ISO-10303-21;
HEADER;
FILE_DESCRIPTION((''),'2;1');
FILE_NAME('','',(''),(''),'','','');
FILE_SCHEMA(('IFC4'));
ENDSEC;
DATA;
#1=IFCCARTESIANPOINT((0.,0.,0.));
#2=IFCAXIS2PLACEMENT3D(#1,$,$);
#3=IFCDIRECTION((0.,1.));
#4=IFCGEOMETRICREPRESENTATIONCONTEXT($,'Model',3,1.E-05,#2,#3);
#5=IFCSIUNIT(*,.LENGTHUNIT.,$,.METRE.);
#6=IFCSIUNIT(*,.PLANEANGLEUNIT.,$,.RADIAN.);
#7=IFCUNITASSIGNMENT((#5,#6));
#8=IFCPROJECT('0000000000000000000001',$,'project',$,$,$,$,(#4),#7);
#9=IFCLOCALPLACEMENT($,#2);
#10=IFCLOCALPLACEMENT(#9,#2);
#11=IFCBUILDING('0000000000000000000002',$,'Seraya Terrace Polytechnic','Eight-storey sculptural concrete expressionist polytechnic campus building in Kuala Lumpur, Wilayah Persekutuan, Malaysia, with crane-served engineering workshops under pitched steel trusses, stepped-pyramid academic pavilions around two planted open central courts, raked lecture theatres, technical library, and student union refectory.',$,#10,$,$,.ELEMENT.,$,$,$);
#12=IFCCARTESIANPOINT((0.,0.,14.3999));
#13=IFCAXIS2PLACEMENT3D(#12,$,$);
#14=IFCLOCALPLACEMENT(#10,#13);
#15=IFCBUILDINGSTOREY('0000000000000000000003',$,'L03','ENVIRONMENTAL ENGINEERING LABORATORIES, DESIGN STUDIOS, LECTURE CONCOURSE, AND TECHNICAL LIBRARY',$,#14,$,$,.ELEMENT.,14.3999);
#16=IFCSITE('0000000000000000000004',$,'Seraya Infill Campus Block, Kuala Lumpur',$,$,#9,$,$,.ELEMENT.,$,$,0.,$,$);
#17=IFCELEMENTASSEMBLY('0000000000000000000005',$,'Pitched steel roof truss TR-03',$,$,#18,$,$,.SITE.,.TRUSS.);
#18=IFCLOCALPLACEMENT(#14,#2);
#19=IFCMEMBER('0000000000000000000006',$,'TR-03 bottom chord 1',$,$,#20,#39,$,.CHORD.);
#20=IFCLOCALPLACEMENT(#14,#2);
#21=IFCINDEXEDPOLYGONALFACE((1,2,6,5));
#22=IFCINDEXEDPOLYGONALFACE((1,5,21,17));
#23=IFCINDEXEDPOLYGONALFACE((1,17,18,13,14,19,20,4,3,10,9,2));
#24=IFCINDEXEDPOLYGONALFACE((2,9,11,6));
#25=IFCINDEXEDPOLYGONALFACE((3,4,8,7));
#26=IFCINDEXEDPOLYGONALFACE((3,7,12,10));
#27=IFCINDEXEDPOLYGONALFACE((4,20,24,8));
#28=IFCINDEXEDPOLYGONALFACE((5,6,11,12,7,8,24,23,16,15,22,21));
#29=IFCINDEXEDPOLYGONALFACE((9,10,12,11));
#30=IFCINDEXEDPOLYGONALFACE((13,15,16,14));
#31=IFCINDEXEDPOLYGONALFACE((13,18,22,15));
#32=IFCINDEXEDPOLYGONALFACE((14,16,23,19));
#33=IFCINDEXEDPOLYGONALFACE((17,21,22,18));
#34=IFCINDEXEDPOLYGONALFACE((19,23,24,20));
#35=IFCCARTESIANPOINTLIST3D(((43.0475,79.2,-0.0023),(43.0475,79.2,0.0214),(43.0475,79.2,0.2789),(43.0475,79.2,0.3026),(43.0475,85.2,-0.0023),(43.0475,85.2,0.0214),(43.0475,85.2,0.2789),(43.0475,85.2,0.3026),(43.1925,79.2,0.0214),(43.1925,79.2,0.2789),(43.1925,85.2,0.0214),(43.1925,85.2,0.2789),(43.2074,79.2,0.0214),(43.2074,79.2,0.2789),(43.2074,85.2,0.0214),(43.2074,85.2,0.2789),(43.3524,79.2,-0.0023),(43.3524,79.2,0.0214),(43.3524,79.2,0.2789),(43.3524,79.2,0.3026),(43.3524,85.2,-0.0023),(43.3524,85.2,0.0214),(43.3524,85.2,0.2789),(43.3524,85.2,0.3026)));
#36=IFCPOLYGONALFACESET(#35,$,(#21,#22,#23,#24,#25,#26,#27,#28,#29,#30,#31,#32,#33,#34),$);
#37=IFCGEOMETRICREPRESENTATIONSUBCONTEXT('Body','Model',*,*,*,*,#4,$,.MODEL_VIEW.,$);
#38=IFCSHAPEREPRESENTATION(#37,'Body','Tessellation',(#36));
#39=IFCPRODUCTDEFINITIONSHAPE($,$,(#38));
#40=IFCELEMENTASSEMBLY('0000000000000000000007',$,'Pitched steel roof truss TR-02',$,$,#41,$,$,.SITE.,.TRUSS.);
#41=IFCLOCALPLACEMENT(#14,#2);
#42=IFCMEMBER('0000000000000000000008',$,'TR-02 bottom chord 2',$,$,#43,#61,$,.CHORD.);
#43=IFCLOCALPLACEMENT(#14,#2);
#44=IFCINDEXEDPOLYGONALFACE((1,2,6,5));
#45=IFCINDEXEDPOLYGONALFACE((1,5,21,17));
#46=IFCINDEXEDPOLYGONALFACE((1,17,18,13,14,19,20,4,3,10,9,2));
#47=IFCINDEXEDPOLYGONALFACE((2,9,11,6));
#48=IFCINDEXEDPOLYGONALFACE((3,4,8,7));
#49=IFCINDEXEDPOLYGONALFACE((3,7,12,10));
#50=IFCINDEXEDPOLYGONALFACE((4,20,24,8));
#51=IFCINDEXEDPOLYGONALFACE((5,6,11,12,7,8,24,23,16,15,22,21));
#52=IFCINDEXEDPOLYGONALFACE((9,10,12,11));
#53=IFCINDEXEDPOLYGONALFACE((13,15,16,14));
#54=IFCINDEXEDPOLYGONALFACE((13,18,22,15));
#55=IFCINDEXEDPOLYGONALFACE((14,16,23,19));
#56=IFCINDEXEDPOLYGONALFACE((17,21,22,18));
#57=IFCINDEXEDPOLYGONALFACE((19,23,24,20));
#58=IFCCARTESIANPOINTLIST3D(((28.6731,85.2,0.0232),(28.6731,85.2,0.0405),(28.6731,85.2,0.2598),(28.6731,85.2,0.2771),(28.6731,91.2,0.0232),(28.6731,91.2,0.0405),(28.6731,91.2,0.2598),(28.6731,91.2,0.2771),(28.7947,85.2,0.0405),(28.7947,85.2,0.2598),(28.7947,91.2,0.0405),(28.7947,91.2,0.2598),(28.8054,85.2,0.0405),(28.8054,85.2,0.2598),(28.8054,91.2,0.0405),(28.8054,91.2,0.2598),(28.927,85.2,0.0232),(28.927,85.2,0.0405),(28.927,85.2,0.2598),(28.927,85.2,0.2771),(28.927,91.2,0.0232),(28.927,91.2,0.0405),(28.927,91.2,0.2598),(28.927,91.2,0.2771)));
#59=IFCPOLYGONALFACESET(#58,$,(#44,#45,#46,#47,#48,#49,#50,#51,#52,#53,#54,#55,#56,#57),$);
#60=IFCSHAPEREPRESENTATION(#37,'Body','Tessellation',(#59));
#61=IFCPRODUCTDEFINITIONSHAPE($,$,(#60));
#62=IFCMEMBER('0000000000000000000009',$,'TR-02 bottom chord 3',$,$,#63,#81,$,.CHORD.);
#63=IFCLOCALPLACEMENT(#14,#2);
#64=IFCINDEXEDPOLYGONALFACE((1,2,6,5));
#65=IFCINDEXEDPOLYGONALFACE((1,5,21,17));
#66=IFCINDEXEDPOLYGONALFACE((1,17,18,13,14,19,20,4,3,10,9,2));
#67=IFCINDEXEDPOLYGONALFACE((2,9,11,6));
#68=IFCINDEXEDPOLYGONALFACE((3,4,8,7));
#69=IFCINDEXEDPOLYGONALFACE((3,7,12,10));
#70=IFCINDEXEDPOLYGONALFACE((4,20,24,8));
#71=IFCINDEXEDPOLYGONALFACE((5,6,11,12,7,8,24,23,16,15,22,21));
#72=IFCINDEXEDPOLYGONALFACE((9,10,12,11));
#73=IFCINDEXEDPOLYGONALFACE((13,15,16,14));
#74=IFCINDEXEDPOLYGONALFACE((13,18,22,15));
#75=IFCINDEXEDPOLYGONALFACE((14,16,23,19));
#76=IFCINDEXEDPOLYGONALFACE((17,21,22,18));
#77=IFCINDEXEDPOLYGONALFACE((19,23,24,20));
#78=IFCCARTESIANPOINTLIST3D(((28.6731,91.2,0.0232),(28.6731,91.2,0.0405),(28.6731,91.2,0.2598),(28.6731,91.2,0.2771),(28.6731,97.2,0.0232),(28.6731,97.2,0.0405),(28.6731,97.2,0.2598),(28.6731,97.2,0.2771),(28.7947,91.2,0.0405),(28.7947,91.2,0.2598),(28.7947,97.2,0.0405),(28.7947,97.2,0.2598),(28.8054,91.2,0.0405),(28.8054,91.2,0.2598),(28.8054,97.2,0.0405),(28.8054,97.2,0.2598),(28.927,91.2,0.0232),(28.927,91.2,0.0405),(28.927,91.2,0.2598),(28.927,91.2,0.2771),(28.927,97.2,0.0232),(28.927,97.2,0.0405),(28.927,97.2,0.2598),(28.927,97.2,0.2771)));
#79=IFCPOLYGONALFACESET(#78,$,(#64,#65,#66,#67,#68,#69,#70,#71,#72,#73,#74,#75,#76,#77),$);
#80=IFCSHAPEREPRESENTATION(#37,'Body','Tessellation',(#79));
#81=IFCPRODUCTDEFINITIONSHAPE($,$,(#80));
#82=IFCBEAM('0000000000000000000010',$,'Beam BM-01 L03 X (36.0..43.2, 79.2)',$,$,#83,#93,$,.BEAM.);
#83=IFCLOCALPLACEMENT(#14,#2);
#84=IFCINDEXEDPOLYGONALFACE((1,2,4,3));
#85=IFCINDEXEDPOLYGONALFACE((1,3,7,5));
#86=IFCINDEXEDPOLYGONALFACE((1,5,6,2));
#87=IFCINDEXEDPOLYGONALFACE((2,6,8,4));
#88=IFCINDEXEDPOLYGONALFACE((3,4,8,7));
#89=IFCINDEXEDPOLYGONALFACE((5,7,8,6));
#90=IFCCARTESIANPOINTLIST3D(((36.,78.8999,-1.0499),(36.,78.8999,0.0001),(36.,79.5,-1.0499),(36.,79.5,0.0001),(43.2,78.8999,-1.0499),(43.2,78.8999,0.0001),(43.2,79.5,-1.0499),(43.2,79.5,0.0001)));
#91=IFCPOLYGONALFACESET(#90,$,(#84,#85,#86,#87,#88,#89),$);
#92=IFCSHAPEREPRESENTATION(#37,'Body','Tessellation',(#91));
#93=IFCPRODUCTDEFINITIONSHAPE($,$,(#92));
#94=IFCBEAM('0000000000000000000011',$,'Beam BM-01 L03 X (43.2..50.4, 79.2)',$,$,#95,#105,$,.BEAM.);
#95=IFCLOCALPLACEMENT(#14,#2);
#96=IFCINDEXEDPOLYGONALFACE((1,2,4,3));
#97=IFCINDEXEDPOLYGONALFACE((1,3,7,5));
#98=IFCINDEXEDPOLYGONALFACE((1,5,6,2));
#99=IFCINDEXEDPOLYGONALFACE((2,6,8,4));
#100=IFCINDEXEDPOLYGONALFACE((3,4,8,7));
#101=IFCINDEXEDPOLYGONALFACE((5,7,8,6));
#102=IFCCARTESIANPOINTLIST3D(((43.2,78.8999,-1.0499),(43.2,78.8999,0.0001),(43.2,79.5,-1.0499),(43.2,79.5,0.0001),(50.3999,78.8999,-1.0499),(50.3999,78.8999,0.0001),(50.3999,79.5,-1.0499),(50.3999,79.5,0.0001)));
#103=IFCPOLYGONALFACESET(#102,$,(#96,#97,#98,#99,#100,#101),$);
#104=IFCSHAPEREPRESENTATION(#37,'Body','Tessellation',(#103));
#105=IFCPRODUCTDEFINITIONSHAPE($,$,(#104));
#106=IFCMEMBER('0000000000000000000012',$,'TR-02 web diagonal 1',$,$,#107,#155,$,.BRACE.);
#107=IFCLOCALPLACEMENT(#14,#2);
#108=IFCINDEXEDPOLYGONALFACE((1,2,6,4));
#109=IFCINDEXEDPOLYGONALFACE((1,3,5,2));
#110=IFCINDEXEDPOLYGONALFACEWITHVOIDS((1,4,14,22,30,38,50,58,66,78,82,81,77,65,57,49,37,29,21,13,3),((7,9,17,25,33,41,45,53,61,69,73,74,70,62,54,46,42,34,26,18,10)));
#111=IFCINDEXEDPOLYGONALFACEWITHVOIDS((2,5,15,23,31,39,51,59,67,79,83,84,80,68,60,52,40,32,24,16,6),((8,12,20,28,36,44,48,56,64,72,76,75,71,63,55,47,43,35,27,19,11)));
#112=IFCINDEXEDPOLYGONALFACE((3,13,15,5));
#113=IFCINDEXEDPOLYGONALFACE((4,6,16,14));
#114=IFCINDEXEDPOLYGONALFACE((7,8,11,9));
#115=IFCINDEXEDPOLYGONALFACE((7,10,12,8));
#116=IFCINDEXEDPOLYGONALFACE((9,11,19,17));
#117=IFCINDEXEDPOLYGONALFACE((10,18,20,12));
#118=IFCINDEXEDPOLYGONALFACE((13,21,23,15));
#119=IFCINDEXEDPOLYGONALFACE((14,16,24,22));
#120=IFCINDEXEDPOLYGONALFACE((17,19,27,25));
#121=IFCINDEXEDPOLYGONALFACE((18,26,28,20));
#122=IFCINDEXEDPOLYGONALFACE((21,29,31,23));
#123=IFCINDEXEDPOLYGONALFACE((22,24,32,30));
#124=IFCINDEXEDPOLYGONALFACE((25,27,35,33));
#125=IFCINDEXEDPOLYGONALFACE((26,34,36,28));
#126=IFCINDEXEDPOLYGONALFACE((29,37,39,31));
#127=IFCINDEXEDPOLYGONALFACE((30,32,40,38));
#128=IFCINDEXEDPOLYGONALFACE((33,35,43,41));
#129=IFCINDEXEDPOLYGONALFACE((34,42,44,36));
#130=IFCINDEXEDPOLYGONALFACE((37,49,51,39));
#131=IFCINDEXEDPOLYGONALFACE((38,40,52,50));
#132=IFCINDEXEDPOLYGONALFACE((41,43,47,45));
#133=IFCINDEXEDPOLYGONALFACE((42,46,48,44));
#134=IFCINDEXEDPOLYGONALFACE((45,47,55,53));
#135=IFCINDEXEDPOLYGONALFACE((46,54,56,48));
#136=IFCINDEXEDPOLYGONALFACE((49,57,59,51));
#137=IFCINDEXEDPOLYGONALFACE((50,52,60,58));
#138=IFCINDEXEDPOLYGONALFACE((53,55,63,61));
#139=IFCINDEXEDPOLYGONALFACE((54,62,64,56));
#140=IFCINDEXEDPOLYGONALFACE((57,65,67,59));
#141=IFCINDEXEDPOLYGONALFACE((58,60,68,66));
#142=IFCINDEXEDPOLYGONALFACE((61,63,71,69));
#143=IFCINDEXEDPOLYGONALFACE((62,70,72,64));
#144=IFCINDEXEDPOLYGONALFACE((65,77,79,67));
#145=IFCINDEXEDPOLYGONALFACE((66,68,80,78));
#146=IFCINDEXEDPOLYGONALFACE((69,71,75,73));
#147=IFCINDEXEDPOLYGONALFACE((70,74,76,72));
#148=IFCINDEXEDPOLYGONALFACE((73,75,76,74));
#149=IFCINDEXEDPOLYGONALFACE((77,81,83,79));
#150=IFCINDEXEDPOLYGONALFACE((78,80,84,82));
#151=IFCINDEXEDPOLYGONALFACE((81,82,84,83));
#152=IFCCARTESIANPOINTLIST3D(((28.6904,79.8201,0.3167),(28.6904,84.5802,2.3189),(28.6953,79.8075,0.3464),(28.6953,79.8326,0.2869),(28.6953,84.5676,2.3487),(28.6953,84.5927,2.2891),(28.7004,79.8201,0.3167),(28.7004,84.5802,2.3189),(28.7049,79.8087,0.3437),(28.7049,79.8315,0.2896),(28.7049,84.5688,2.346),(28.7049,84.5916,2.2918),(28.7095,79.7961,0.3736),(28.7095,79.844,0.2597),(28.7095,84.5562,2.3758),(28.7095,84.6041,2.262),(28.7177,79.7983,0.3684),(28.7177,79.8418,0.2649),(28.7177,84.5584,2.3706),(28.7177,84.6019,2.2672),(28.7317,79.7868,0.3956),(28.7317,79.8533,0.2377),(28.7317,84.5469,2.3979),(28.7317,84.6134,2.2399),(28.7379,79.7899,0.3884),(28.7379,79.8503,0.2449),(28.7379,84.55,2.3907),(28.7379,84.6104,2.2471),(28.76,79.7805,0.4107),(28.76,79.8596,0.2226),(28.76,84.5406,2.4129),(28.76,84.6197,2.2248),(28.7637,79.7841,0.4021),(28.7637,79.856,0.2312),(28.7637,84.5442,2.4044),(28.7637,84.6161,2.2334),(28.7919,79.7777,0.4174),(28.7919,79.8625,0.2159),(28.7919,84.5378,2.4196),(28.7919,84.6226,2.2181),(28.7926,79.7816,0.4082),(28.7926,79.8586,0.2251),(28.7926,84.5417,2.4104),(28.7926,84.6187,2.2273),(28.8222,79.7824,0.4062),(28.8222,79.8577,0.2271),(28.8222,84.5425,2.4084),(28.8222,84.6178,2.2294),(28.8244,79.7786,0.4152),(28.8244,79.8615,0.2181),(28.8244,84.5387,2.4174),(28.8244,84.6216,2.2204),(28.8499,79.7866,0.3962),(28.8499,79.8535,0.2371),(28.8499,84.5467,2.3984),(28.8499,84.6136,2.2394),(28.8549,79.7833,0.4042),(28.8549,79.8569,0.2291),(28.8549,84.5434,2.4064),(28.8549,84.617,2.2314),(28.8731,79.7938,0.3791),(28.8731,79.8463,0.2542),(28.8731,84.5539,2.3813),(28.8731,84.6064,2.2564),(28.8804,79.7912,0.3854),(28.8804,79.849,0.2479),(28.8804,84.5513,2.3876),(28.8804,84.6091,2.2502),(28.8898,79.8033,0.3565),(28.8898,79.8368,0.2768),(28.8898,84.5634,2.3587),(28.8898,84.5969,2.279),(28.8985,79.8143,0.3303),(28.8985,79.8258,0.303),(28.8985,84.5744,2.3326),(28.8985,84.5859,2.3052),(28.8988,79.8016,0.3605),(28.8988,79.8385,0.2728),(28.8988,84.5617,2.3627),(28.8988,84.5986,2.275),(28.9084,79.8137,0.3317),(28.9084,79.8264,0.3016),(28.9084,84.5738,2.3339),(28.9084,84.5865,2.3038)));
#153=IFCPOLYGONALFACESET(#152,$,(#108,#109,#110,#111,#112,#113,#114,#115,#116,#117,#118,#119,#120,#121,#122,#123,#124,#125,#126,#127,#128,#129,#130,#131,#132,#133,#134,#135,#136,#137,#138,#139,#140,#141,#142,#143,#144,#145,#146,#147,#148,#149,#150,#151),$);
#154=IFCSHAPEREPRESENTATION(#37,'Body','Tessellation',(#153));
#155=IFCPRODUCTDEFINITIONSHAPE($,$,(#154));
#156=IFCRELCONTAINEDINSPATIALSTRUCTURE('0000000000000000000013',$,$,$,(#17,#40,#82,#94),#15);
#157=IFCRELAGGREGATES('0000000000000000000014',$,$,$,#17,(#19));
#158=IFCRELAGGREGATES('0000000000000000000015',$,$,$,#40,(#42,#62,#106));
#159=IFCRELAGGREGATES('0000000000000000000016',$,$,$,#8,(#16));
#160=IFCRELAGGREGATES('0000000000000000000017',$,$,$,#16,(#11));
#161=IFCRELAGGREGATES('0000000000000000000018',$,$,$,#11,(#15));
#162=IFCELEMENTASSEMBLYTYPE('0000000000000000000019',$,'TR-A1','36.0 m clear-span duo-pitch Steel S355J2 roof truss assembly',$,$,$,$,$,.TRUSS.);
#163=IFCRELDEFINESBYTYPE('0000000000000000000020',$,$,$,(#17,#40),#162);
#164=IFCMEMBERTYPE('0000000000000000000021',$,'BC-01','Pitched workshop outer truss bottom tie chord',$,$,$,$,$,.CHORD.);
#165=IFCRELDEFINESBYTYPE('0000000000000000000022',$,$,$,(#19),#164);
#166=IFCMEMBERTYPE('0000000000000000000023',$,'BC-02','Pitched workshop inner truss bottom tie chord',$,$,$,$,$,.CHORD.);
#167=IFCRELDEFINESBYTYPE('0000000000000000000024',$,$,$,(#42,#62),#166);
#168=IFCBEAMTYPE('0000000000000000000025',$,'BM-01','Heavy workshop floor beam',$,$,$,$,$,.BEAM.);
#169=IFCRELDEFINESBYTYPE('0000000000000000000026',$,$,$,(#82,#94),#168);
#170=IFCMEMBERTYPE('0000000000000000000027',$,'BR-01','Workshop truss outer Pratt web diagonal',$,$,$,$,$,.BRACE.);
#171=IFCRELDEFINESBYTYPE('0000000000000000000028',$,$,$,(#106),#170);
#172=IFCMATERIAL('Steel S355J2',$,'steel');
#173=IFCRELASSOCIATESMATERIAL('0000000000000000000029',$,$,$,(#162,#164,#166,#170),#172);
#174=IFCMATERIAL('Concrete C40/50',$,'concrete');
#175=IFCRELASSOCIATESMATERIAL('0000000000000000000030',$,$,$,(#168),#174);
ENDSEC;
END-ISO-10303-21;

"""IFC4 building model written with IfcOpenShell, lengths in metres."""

from ifc_helpers import new_model, si_unit, direction, frame, origin, origin_2d, place, context, subcontext, project, spatial, rectangle, hollow_circle, i_section, extrude, material, material_profile, profile_set, type_object, element, aggregate, save


model = new_model("IFC4")

# Units and contexts
model_context = context("Model", 3, precision=1e-05, world=origin(), true_north=direction((0.0, 1.0)))
body_context = subcontext(model_context, "Body", "Model", "MODEL_VIEW")
ifc_project = project(units=[si_unit("LENGTHUNIT", "METRE"), si_unit("PLANEANGLEUNIT", "RADIAN")], contexts=[model_context])

# Site, building, storey
site_placement = place(None, origin())
site = spatial("IfcSite", under=ifc_project, at=site_placement, Name="Seraya Infill Campus Block, Kuala Lumpur", CompositionType="ELEMENT", RefElevation=0.0)
building_placement = place(site_placement, origin())
building = spatial("IfcBuilding", under=site, at=building_placement, Name="Seraya Terrace Polytechnic", Description="Eight-storey sculptural concrete expressionist polytechnic campus building in Kuala Lumpur, Wilayah Persekutuan, Malaysia, with crane-served engineering workshops under pitched steel trusses, stepped-pyramid academic pavilions around two planted open central courts, raked lecture theatres, technical library, and student union refectory.", CompositionType="ELEMENT")
storey_placement = place(building_placement, frame((0.0, 0.0, 14.3999)))
storey = spatial("IfcBuildingStorey", under=building, at=storey_placement, Name="L03", Description="ENVIRONMENTAL ENGINEERING LABORATORIES, DESIGN STUDIOS, LECTURE CONCOURSE, AND TECHNICAL LIBRARY", CompositionType="ELEMENT", Elevation=14.3999)

# Element assembly, member
ifc_material_1 = material(Name="Steel S355J2", Category="steel")
element_assembly_type = type_object("IfcElementAssemblyType", Name="TR-A1", Description="36.0 m clear-span duo-pitch Steel S355J2 roof truss assembly", PredefinedType="TRUSS", material=ifc_material_1)
assembly_1_placement = place(storey_placement, origin())
assembly_1 = element("IfcElementAssembly", 1, at=assembly_1_placement, inside=storey, type_object=element_assembly_type, Name="Pitched steel roof truss TR-03", AssemblyPlace="SITE", PredefinedType="TRUSS")
ifc_material_profile_1 = material_profile(ifc_material_1, i_section(OverallWidth=0.3049, OverallDepth=0.3049, WebThickness=0.0149, FlangeThickness=0.0237, at=origin_2d()), Name="UKC 305x305x14.9x23.8")
ifc_profile_set_1 = profile_set([ifc_material_profile_1], Name="Steel S355J2")
member_type_1 = type_object("IfcMemberType", Name="BC-01", Description="Pitched workshop outer truss bottom tie chord", PredefinedType="CHORD", material=ifc_profile_set_1)
member_1_placement = place(storey_placement, frame((43.2, 79.2, 0.1501), z_axis=(0.0, 1.0, 0.0), x_axis=(-1.0, 0.0, 0.0)))
member_1 = element("IfcMember", 2, at=member_1_placement, type_object=member_type_1, Name="TR-03 bottom chord 1", PredefinedType="CHORD", context=body_context, shape_type="SweptSolid", body=[
    extrude(i_section(OverallWidth=0.3049, OverallDepth=0.3049, WebThickness=0.0149, FlangeThickness=0.0237, at=origin_2d()), origin(), (0.0, 0.0, 1.0), 6.0),
])

# Element assembly, members
assembly_2_placement = place(storey_placement, origin())
assembly_2 = element("IfcElementAssembly", 3, at=assembly_2_placement, inside=storey, type_object=element_assembly_type, Name="Pitched steel roof truss TR-02", AssemblyPlace="SITE", PredefinedType="TRUSS")
ifc_material_profile_2 = material_profile(ifc_material_1, i_section(OverallWidth=0.2539, OverallDepth=0.2539, WebThickness=0.0107, FlangeThickness=0.0173, at=origin_2d()), Name="UKC 254x254x10.7x17.3")
ifc_profile_set_2 = profile_set([ifc_material_profile_2], Name="Steel S355J2")
member_type_2 = type_object("IfcMemberType", Name="BC-02", Description="Pitched workshop inner truss bottom tie chord", PredefinedType="CHORD", material=ifc_profile_set_2)
member_2_placement = place(storey_placement, frame((28.8, 85.2, 0.1501), z_axis=(0.0, 1.0, 0.0), x_axis=(-1.0, 0.0, 0.0)))
member_2 = element("IfcMember", 4, at=member_2_placement, type_object=member_type_2, Name="TR-02 bottom chord 2", PredefinedType="CHORD", context=body_context, shape_type="SweptSolid", body=[
    extrude(i_section(OverallWidth=0.2539, OverallDepth=0.2539, WebThickness=0.0107, FlangeThickness=0.0173, at=origin_2d()), origin(), (0.0, 0.0, 1.0), 6.0),
])
member_3_placement = place(storey_placement, frame((28.8, 91.2, 0.1501), z_axis=(0.0, 1.0, 0.0), x_axis=(-1.0, 0.0, 0.0)))
member_3 = element("IfcMember", 5, at=member_3_placement, type_object=member_type_2, Name="TR-02 bottom chord 3", PredefinedType="CHORD", context=body_context, shape_type="SweptSolid", body=[
    extrude(i_section(OverallWidth=0.2539, OverallDepth=0.2539, WebThickness=0.0107, FlangeThickness=0.0173, at=origin_2d()), origin(), (0.0, 0.0, 1.0), 6.0),
])

# Beams
ifc_material_2 = material(Name="Concrete C40/50", Category="concrete")
ifc_material_profile_3 = material_profile(ifc_material_2, rectangle(XDim=0.6001, YDim=1.05, at=origin_2d()), Name="RC 600x1050")
ifc_profile_set_3 = profile_set([ifc_material_profile_3], Name="Concrete C40/50")
beam_type = type_object("IfcBeamType", Name="BM-01", Description="Heavy workshop floor beam", PredefinedType="BEAM", material=ifc_profile_set_3)
for number, where, z_axis, x_axis, name in (
    (6, (36.0, 79.2, -0.5249), (1.0, 0.0, 0.0), (0.0, 1.0, 0.0), "Beam BM-01 L03 X (36.0..43.2, 79.2)"),
    (7, (43.2, 79.2, -0.5249), (1.0, 0.0, 0.0), (0.0, 1.0, 0.0), "Beam BM-01 L03 X (43.2..50.4, 79.2)"),
):
    element("IfcBeam", number, at=place(storey_placement, frame(where, z_axis=z_axis, x_axis=x_axis)), inside=storey, type_object=beam_type, Name=name, PredefinedType="BEAM", context=body_context, shape_type="SweptSolid", body=[
        extrude(rectangle(XDim=0.6001, YDim=1.05, at=origin_2d()), origin(), (0.0, 0.0, 1.0), 7.2),
    ])

# Member
ifc_material_profile_4 = material_profile(ifc_material_1, hollow_circle(Radius=0.1096, WallThickness=0.01, at=origin_2d()), Name="CHS 219.1x10.0")
ifc_profile_set_4 = profile_set([ifc_material_profile_4], Name="Steel S355J2")
member_type_3 = type_object("IfcMemberType", Name="BR-01", Description="Workshop truss outer Pratt web diagonal", PredefinedType="BRACE", material=ifc_profile_set_4)
member_4_placement = place(storey_placement, frame((28.8, 79.8201, 0.3167), z_axis=(0.0, 0.921775, 0.387725), x_axis=(-1.0, 0.0, 0.0)))
member_4 = element("IfcMember", 8, at=member_4_placement, type_object=member_type_3, Name="TR-02 web diagonal 1", PredefinedType="BRACE", context=body_context, shape_type="SweptSolid", body=[
    extrude(hollow_circle(Radius=0.1096, WallThickness=0.01, at=origin_2d()), origin(), (0.0, 0.0, 1.0), 5.1641),
])

aggregate(assembly_1, [member_1])
aggregate(assembly_2, [member_2, member_3, member_4])

save(model, "model.ifc")
